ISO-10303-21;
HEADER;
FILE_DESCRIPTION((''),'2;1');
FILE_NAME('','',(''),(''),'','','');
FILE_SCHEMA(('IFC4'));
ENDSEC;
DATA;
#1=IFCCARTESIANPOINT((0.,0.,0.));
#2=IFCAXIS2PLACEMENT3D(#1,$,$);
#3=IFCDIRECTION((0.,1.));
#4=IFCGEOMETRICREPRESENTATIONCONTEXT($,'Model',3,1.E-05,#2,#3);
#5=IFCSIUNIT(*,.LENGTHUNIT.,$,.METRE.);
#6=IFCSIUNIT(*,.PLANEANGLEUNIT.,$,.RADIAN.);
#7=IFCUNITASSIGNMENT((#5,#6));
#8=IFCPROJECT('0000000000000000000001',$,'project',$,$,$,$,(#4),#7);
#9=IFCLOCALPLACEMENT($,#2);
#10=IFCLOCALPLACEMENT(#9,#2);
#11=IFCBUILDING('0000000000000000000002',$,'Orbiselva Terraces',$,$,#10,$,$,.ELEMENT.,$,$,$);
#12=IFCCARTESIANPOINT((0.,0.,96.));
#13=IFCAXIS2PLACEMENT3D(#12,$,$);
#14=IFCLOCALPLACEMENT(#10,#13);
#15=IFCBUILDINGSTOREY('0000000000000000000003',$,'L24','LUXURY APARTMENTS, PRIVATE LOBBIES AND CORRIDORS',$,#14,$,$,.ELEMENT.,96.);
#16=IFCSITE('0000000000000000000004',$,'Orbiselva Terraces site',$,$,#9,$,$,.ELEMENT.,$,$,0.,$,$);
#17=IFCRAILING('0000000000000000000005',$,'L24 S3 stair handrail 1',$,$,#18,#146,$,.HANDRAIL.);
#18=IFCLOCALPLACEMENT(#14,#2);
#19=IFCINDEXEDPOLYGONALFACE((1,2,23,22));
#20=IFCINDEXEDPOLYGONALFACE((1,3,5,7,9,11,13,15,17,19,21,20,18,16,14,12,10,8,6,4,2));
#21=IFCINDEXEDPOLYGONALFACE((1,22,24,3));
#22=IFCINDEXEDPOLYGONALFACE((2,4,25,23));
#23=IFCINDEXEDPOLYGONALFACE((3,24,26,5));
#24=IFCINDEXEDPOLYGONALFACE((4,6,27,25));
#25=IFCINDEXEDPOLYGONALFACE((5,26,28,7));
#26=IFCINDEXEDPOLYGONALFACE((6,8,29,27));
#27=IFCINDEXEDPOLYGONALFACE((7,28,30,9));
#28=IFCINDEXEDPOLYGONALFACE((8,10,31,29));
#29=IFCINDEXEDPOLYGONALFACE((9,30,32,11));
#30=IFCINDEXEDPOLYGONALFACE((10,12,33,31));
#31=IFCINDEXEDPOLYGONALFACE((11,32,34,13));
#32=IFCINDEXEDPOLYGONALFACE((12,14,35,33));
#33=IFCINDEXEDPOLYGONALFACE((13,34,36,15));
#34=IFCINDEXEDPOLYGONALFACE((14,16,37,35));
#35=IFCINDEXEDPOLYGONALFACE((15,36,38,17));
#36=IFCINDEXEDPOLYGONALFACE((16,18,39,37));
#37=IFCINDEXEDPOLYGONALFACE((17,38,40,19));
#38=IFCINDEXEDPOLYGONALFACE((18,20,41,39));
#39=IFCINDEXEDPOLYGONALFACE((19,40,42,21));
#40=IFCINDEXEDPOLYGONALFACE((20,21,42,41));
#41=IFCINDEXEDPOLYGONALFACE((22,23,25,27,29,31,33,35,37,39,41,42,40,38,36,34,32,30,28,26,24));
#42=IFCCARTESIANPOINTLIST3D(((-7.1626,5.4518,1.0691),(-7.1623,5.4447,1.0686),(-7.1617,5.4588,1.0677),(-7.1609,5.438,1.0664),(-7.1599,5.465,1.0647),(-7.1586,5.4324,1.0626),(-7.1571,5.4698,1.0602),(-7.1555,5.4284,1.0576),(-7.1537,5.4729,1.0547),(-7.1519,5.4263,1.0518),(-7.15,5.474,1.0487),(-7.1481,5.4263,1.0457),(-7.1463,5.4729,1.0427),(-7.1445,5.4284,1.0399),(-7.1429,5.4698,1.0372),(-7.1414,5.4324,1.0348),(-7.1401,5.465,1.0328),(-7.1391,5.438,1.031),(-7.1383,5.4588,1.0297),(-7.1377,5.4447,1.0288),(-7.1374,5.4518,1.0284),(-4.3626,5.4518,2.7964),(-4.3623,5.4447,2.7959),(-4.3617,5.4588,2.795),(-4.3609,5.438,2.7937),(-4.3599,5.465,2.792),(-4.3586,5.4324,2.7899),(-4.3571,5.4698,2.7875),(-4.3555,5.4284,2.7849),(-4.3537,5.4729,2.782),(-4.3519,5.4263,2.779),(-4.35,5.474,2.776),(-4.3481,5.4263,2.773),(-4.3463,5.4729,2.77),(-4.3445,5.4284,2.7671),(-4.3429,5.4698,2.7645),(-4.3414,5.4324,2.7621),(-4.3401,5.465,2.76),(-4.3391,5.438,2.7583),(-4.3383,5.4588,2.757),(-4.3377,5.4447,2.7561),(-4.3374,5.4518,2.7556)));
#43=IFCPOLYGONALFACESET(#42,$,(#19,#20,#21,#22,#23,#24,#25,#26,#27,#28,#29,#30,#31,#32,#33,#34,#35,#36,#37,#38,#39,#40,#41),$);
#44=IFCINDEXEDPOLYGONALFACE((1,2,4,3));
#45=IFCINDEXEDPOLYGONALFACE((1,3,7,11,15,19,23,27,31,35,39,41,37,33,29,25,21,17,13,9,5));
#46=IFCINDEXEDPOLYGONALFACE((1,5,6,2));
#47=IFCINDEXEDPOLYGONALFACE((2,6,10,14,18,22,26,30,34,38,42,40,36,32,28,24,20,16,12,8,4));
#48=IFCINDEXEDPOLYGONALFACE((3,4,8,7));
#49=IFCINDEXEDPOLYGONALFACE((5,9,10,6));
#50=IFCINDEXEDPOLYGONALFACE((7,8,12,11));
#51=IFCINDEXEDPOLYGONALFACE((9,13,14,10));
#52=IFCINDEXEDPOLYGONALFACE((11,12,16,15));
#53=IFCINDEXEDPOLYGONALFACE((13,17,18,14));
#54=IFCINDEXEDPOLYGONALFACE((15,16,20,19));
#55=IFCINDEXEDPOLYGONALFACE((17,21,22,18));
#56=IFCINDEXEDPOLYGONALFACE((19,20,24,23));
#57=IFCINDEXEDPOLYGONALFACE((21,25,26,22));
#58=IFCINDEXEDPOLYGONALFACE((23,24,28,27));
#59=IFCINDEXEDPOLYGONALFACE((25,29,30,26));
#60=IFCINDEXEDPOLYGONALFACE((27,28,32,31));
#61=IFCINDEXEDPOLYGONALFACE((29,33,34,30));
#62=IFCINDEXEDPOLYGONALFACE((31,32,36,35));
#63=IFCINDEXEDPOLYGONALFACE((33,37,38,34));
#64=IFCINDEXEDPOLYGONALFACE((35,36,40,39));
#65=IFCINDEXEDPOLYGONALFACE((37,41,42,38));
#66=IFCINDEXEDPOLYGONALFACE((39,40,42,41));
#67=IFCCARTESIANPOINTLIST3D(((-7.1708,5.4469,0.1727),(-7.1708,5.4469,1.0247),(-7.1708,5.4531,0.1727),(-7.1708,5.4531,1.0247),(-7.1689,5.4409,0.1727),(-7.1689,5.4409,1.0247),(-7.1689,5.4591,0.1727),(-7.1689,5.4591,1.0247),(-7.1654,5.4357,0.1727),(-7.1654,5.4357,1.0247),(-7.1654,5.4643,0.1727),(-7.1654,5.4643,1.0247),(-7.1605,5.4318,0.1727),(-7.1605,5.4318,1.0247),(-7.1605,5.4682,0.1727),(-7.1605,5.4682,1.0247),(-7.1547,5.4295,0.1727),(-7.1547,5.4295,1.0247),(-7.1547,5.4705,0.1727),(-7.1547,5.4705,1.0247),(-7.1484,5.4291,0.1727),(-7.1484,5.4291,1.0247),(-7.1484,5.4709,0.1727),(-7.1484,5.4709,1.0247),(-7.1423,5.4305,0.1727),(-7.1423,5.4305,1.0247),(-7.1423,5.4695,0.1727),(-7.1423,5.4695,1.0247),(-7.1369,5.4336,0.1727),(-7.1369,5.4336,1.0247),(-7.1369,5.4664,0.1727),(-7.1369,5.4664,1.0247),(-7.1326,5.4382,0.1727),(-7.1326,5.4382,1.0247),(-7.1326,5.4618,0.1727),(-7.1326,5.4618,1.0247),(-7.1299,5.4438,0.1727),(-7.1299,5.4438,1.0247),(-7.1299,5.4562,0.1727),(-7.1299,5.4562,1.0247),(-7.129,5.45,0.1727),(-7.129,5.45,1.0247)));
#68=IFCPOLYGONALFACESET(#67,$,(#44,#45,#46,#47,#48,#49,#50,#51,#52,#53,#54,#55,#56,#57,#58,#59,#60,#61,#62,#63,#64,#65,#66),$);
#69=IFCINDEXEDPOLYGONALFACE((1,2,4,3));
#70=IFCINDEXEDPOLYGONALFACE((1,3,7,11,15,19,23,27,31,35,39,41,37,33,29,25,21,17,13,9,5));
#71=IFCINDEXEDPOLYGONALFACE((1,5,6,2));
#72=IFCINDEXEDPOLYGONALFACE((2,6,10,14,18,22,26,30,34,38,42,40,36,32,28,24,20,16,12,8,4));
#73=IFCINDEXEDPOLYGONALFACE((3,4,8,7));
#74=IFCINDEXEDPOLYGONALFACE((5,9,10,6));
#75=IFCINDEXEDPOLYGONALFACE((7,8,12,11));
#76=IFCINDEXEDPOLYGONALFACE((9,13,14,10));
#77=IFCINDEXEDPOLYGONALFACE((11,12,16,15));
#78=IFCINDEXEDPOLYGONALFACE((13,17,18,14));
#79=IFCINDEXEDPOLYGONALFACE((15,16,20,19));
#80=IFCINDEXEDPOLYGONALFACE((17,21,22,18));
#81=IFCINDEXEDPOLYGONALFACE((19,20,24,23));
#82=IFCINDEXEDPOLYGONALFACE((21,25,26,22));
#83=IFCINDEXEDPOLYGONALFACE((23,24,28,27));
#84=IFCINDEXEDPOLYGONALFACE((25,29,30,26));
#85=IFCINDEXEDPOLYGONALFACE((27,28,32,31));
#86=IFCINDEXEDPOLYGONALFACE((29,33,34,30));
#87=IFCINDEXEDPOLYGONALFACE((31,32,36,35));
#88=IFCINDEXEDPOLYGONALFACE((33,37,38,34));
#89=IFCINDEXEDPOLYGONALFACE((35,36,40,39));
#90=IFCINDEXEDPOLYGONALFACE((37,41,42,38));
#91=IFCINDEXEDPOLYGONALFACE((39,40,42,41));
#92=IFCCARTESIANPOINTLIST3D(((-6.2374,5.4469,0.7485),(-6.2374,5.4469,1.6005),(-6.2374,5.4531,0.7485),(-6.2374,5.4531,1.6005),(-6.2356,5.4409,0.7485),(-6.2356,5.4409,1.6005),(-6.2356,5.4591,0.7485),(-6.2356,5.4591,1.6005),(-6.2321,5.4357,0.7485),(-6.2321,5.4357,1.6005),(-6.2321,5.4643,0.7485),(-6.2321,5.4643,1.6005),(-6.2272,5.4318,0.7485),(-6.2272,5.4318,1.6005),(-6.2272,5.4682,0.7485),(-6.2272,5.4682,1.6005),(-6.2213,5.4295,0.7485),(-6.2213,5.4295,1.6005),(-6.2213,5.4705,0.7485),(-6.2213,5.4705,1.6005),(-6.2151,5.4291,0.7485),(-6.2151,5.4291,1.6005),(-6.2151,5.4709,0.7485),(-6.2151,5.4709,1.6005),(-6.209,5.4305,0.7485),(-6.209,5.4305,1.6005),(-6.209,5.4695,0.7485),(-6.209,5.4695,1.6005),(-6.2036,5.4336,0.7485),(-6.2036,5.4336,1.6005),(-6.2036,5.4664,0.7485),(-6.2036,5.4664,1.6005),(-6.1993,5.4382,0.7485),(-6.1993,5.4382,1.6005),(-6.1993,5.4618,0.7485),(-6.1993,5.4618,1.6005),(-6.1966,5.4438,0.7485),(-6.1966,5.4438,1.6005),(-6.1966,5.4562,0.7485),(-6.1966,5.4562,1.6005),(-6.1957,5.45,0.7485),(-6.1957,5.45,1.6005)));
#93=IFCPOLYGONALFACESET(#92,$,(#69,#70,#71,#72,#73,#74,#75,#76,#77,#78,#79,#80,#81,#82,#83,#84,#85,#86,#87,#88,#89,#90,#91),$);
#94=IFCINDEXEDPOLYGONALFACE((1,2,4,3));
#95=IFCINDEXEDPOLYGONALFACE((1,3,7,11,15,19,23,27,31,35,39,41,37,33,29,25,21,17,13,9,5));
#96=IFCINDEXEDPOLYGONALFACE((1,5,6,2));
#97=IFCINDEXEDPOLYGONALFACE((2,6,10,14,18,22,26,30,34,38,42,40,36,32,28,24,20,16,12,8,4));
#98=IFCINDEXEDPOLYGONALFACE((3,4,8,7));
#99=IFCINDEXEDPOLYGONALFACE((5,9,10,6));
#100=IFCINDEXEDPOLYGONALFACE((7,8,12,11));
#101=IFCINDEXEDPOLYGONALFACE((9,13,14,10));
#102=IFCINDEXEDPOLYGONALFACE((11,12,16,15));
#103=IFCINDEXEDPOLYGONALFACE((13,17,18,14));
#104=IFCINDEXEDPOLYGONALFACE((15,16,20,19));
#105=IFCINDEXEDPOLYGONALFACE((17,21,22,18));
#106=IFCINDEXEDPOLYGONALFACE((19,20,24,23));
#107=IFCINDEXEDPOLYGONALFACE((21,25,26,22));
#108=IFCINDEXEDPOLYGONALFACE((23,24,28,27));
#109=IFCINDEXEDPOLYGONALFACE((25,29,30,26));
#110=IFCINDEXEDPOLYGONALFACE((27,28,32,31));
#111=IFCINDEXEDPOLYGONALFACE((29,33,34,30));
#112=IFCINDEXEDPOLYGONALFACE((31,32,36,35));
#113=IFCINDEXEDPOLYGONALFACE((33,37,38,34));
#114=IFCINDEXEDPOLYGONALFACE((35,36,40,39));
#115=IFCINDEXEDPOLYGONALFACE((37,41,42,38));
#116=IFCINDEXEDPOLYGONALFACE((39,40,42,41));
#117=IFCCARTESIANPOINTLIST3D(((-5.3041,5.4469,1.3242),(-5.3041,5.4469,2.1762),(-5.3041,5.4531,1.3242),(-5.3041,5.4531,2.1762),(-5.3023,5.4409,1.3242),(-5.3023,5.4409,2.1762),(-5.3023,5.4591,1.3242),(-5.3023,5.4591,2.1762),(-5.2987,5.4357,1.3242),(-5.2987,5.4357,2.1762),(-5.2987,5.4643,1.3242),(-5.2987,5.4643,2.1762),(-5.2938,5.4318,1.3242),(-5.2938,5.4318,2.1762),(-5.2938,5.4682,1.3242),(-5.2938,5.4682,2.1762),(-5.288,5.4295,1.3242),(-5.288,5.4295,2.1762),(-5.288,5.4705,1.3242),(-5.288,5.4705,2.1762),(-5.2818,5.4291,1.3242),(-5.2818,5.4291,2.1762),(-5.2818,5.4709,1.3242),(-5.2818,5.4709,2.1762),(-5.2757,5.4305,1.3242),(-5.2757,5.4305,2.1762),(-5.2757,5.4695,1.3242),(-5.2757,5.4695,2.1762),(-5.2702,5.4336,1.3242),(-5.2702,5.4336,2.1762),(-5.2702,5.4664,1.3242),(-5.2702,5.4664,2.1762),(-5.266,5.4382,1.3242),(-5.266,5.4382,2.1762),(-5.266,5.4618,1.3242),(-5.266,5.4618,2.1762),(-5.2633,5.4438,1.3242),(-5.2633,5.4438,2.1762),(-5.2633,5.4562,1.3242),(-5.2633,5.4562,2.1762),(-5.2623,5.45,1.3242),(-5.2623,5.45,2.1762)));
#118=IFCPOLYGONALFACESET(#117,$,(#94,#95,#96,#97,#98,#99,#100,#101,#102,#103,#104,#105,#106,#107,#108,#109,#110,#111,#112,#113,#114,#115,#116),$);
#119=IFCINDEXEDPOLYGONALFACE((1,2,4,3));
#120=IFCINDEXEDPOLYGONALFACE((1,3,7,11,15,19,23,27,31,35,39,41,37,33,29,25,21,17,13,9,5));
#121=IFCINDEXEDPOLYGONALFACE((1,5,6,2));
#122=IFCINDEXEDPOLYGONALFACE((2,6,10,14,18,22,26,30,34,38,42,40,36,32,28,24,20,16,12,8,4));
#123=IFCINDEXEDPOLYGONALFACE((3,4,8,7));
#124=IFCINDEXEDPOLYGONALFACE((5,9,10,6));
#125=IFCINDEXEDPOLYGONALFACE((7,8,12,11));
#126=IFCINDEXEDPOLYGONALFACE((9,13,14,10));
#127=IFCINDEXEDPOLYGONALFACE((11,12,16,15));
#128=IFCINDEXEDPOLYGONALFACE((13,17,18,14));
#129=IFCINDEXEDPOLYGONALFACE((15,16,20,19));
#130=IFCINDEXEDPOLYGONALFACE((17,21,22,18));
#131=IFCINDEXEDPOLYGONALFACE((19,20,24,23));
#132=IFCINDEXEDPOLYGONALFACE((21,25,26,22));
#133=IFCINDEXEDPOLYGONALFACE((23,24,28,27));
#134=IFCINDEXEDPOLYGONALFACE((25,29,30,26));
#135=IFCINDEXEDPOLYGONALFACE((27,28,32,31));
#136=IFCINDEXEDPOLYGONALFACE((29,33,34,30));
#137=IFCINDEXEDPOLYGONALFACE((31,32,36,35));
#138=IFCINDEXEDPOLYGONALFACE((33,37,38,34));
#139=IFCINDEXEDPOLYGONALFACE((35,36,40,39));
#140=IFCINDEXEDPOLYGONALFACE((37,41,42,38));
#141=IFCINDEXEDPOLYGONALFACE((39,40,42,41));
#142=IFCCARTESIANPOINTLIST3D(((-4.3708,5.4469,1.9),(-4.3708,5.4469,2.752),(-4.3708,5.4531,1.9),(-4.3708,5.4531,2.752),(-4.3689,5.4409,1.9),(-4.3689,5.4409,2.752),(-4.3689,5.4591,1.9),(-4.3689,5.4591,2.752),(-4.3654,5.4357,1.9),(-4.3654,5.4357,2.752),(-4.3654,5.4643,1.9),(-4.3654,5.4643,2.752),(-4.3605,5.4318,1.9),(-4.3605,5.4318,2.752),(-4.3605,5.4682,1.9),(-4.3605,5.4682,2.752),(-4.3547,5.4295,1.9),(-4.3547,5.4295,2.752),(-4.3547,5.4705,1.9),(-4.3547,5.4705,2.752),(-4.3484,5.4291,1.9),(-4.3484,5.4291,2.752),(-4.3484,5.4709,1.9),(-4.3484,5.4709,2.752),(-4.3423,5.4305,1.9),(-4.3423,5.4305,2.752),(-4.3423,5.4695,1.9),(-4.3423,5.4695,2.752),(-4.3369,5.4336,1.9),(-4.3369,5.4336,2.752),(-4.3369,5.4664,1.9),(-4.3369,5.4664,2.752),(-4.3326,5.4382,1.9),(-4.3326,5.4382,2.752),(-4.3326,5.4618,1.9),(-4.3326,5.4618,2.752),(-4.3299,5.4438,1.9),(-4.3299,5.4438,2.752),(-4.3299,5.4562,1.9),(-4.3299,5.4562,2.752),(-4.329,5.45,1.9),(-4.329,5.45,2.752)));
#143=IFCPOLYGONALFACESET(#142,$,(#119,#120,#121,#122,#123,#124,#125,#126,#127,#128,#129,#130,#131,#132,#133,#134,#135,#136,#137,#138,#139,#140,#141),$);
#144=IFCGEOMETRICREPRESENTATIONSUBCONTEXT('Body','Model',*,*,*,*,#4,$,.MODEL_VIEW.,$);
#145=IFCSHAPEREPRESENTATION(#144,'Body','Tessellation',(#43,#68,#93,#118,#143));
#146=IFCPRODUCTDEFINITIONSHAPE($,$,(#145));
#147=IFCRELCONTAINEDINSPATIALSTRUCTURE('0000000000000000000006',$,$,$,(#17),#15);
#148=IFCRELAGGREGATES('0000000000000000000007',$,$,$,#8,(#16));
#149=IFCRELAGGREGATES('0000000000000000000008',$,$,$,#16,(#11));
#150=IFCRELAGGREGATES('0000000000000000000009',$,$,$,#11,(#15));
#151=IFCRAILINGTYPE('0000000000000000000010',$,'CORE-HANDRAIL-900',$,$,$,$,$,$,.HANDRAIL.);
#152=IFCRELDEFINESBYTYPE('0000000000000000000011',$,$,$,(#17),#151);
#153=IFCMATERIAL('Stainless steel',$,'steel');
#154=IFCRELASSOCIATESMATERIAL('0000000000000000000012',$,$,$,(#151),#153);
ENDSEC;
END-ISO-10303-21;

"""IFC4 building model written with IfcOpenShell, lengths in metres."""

from ifc_helpers import new_model, si_unit, direction, frame, origin, origin_2d, place, context, subcontext, project, spatial, circle, extrude, material, type_object, element, save


model = new_model("IFC4")

# Units and contexts
model_context = context("Model", 3, precision=1e-05, world=origin(), true_north=direction((0.0, 1.0)))
body_context = subcontext(model_context, "Body", "Model", "MODEL_VIEW")
ifc_project = project(units=[si_unit("LENGTHUNIT", "METRE"), si_unit("PLANEANGLEUNIT", "RADIAN")], contexts=[model_context])

# Site, building, storey
site_placement = place(None, origin())
site = spatial("IfcSite", under=ifc_project, at=site_placement, Name="Orbiselva Terraces site", CompositionType="ELEMENT", RefElevation=0.0)
building_placement = place(site_placement, origin())
building = spatial("IfcBuilding", under=site, at=building_placement, Name="Orbiselva Terraces", CompositionType="ELEMENT")
storey_placement = place(building_placement, frame((0.0, 0.0, 96.0)))
storey = spatial("IfcBuildingStorey", under=building, at=storey_placement, Name="L24", Description="LUXURY APARTMENTS, PRIVATE LOBBIES AND CORRIDORS", CompositionType="ELEMENT", Elevation=96.0)

# Railing
ifc_material_1 = material(Name="Stainless steel", Category="steel")
railing_type_1 = type_object("IfcRailingType", Name="CORE-HANDRAIL-900", PredefinedType="HANDRAIL", material=ifc_material_1)
railing_1_placement = place(storey_placement, frame((-7.15, 5.45, 0.1727)))
element("IfcRailing", 1, at=railing_1_placement, inside=storey, type_object=railing_type_1, Name="L24 S3 stair handrail 1", PredefinedType="HANDRAIL", context=body_context, shape_type="SweptSolid", body=[
    extrude(circle(Radius=0.024, at=origin_2d()), frame((0.0, 0.0, 0.876), z_axis=(0.851089, 0.0, 0.525022), x_axis=(0.0, 1.0, 0.0)), (0.0, 0.0, 1.0), 3.2899),
    extrude(circle(Radius=0.021, at=origin_2d()), origin(), (0.0, 0.0, 1.0), 0.852),
    extrude(circle(Radius=0.021, at=origin_2d()), frame((0.9333, 0.0, 0.5758)), (0.0, 0.0, 1.0), 0.852),
    extrude(circle(Radius=0.021, at=origin_2d()), frame((1.8667, 0.0, 1.1515)), (0.0, 0.0, 1.0), 0.852),
    extrude(circle(Radius=0.021, at=origin_2d()), frame((2.8, 0.0, 1.7273)), (0.0, 0.0, 1.0), 0.852),
])

save(model, "model.ifc")
